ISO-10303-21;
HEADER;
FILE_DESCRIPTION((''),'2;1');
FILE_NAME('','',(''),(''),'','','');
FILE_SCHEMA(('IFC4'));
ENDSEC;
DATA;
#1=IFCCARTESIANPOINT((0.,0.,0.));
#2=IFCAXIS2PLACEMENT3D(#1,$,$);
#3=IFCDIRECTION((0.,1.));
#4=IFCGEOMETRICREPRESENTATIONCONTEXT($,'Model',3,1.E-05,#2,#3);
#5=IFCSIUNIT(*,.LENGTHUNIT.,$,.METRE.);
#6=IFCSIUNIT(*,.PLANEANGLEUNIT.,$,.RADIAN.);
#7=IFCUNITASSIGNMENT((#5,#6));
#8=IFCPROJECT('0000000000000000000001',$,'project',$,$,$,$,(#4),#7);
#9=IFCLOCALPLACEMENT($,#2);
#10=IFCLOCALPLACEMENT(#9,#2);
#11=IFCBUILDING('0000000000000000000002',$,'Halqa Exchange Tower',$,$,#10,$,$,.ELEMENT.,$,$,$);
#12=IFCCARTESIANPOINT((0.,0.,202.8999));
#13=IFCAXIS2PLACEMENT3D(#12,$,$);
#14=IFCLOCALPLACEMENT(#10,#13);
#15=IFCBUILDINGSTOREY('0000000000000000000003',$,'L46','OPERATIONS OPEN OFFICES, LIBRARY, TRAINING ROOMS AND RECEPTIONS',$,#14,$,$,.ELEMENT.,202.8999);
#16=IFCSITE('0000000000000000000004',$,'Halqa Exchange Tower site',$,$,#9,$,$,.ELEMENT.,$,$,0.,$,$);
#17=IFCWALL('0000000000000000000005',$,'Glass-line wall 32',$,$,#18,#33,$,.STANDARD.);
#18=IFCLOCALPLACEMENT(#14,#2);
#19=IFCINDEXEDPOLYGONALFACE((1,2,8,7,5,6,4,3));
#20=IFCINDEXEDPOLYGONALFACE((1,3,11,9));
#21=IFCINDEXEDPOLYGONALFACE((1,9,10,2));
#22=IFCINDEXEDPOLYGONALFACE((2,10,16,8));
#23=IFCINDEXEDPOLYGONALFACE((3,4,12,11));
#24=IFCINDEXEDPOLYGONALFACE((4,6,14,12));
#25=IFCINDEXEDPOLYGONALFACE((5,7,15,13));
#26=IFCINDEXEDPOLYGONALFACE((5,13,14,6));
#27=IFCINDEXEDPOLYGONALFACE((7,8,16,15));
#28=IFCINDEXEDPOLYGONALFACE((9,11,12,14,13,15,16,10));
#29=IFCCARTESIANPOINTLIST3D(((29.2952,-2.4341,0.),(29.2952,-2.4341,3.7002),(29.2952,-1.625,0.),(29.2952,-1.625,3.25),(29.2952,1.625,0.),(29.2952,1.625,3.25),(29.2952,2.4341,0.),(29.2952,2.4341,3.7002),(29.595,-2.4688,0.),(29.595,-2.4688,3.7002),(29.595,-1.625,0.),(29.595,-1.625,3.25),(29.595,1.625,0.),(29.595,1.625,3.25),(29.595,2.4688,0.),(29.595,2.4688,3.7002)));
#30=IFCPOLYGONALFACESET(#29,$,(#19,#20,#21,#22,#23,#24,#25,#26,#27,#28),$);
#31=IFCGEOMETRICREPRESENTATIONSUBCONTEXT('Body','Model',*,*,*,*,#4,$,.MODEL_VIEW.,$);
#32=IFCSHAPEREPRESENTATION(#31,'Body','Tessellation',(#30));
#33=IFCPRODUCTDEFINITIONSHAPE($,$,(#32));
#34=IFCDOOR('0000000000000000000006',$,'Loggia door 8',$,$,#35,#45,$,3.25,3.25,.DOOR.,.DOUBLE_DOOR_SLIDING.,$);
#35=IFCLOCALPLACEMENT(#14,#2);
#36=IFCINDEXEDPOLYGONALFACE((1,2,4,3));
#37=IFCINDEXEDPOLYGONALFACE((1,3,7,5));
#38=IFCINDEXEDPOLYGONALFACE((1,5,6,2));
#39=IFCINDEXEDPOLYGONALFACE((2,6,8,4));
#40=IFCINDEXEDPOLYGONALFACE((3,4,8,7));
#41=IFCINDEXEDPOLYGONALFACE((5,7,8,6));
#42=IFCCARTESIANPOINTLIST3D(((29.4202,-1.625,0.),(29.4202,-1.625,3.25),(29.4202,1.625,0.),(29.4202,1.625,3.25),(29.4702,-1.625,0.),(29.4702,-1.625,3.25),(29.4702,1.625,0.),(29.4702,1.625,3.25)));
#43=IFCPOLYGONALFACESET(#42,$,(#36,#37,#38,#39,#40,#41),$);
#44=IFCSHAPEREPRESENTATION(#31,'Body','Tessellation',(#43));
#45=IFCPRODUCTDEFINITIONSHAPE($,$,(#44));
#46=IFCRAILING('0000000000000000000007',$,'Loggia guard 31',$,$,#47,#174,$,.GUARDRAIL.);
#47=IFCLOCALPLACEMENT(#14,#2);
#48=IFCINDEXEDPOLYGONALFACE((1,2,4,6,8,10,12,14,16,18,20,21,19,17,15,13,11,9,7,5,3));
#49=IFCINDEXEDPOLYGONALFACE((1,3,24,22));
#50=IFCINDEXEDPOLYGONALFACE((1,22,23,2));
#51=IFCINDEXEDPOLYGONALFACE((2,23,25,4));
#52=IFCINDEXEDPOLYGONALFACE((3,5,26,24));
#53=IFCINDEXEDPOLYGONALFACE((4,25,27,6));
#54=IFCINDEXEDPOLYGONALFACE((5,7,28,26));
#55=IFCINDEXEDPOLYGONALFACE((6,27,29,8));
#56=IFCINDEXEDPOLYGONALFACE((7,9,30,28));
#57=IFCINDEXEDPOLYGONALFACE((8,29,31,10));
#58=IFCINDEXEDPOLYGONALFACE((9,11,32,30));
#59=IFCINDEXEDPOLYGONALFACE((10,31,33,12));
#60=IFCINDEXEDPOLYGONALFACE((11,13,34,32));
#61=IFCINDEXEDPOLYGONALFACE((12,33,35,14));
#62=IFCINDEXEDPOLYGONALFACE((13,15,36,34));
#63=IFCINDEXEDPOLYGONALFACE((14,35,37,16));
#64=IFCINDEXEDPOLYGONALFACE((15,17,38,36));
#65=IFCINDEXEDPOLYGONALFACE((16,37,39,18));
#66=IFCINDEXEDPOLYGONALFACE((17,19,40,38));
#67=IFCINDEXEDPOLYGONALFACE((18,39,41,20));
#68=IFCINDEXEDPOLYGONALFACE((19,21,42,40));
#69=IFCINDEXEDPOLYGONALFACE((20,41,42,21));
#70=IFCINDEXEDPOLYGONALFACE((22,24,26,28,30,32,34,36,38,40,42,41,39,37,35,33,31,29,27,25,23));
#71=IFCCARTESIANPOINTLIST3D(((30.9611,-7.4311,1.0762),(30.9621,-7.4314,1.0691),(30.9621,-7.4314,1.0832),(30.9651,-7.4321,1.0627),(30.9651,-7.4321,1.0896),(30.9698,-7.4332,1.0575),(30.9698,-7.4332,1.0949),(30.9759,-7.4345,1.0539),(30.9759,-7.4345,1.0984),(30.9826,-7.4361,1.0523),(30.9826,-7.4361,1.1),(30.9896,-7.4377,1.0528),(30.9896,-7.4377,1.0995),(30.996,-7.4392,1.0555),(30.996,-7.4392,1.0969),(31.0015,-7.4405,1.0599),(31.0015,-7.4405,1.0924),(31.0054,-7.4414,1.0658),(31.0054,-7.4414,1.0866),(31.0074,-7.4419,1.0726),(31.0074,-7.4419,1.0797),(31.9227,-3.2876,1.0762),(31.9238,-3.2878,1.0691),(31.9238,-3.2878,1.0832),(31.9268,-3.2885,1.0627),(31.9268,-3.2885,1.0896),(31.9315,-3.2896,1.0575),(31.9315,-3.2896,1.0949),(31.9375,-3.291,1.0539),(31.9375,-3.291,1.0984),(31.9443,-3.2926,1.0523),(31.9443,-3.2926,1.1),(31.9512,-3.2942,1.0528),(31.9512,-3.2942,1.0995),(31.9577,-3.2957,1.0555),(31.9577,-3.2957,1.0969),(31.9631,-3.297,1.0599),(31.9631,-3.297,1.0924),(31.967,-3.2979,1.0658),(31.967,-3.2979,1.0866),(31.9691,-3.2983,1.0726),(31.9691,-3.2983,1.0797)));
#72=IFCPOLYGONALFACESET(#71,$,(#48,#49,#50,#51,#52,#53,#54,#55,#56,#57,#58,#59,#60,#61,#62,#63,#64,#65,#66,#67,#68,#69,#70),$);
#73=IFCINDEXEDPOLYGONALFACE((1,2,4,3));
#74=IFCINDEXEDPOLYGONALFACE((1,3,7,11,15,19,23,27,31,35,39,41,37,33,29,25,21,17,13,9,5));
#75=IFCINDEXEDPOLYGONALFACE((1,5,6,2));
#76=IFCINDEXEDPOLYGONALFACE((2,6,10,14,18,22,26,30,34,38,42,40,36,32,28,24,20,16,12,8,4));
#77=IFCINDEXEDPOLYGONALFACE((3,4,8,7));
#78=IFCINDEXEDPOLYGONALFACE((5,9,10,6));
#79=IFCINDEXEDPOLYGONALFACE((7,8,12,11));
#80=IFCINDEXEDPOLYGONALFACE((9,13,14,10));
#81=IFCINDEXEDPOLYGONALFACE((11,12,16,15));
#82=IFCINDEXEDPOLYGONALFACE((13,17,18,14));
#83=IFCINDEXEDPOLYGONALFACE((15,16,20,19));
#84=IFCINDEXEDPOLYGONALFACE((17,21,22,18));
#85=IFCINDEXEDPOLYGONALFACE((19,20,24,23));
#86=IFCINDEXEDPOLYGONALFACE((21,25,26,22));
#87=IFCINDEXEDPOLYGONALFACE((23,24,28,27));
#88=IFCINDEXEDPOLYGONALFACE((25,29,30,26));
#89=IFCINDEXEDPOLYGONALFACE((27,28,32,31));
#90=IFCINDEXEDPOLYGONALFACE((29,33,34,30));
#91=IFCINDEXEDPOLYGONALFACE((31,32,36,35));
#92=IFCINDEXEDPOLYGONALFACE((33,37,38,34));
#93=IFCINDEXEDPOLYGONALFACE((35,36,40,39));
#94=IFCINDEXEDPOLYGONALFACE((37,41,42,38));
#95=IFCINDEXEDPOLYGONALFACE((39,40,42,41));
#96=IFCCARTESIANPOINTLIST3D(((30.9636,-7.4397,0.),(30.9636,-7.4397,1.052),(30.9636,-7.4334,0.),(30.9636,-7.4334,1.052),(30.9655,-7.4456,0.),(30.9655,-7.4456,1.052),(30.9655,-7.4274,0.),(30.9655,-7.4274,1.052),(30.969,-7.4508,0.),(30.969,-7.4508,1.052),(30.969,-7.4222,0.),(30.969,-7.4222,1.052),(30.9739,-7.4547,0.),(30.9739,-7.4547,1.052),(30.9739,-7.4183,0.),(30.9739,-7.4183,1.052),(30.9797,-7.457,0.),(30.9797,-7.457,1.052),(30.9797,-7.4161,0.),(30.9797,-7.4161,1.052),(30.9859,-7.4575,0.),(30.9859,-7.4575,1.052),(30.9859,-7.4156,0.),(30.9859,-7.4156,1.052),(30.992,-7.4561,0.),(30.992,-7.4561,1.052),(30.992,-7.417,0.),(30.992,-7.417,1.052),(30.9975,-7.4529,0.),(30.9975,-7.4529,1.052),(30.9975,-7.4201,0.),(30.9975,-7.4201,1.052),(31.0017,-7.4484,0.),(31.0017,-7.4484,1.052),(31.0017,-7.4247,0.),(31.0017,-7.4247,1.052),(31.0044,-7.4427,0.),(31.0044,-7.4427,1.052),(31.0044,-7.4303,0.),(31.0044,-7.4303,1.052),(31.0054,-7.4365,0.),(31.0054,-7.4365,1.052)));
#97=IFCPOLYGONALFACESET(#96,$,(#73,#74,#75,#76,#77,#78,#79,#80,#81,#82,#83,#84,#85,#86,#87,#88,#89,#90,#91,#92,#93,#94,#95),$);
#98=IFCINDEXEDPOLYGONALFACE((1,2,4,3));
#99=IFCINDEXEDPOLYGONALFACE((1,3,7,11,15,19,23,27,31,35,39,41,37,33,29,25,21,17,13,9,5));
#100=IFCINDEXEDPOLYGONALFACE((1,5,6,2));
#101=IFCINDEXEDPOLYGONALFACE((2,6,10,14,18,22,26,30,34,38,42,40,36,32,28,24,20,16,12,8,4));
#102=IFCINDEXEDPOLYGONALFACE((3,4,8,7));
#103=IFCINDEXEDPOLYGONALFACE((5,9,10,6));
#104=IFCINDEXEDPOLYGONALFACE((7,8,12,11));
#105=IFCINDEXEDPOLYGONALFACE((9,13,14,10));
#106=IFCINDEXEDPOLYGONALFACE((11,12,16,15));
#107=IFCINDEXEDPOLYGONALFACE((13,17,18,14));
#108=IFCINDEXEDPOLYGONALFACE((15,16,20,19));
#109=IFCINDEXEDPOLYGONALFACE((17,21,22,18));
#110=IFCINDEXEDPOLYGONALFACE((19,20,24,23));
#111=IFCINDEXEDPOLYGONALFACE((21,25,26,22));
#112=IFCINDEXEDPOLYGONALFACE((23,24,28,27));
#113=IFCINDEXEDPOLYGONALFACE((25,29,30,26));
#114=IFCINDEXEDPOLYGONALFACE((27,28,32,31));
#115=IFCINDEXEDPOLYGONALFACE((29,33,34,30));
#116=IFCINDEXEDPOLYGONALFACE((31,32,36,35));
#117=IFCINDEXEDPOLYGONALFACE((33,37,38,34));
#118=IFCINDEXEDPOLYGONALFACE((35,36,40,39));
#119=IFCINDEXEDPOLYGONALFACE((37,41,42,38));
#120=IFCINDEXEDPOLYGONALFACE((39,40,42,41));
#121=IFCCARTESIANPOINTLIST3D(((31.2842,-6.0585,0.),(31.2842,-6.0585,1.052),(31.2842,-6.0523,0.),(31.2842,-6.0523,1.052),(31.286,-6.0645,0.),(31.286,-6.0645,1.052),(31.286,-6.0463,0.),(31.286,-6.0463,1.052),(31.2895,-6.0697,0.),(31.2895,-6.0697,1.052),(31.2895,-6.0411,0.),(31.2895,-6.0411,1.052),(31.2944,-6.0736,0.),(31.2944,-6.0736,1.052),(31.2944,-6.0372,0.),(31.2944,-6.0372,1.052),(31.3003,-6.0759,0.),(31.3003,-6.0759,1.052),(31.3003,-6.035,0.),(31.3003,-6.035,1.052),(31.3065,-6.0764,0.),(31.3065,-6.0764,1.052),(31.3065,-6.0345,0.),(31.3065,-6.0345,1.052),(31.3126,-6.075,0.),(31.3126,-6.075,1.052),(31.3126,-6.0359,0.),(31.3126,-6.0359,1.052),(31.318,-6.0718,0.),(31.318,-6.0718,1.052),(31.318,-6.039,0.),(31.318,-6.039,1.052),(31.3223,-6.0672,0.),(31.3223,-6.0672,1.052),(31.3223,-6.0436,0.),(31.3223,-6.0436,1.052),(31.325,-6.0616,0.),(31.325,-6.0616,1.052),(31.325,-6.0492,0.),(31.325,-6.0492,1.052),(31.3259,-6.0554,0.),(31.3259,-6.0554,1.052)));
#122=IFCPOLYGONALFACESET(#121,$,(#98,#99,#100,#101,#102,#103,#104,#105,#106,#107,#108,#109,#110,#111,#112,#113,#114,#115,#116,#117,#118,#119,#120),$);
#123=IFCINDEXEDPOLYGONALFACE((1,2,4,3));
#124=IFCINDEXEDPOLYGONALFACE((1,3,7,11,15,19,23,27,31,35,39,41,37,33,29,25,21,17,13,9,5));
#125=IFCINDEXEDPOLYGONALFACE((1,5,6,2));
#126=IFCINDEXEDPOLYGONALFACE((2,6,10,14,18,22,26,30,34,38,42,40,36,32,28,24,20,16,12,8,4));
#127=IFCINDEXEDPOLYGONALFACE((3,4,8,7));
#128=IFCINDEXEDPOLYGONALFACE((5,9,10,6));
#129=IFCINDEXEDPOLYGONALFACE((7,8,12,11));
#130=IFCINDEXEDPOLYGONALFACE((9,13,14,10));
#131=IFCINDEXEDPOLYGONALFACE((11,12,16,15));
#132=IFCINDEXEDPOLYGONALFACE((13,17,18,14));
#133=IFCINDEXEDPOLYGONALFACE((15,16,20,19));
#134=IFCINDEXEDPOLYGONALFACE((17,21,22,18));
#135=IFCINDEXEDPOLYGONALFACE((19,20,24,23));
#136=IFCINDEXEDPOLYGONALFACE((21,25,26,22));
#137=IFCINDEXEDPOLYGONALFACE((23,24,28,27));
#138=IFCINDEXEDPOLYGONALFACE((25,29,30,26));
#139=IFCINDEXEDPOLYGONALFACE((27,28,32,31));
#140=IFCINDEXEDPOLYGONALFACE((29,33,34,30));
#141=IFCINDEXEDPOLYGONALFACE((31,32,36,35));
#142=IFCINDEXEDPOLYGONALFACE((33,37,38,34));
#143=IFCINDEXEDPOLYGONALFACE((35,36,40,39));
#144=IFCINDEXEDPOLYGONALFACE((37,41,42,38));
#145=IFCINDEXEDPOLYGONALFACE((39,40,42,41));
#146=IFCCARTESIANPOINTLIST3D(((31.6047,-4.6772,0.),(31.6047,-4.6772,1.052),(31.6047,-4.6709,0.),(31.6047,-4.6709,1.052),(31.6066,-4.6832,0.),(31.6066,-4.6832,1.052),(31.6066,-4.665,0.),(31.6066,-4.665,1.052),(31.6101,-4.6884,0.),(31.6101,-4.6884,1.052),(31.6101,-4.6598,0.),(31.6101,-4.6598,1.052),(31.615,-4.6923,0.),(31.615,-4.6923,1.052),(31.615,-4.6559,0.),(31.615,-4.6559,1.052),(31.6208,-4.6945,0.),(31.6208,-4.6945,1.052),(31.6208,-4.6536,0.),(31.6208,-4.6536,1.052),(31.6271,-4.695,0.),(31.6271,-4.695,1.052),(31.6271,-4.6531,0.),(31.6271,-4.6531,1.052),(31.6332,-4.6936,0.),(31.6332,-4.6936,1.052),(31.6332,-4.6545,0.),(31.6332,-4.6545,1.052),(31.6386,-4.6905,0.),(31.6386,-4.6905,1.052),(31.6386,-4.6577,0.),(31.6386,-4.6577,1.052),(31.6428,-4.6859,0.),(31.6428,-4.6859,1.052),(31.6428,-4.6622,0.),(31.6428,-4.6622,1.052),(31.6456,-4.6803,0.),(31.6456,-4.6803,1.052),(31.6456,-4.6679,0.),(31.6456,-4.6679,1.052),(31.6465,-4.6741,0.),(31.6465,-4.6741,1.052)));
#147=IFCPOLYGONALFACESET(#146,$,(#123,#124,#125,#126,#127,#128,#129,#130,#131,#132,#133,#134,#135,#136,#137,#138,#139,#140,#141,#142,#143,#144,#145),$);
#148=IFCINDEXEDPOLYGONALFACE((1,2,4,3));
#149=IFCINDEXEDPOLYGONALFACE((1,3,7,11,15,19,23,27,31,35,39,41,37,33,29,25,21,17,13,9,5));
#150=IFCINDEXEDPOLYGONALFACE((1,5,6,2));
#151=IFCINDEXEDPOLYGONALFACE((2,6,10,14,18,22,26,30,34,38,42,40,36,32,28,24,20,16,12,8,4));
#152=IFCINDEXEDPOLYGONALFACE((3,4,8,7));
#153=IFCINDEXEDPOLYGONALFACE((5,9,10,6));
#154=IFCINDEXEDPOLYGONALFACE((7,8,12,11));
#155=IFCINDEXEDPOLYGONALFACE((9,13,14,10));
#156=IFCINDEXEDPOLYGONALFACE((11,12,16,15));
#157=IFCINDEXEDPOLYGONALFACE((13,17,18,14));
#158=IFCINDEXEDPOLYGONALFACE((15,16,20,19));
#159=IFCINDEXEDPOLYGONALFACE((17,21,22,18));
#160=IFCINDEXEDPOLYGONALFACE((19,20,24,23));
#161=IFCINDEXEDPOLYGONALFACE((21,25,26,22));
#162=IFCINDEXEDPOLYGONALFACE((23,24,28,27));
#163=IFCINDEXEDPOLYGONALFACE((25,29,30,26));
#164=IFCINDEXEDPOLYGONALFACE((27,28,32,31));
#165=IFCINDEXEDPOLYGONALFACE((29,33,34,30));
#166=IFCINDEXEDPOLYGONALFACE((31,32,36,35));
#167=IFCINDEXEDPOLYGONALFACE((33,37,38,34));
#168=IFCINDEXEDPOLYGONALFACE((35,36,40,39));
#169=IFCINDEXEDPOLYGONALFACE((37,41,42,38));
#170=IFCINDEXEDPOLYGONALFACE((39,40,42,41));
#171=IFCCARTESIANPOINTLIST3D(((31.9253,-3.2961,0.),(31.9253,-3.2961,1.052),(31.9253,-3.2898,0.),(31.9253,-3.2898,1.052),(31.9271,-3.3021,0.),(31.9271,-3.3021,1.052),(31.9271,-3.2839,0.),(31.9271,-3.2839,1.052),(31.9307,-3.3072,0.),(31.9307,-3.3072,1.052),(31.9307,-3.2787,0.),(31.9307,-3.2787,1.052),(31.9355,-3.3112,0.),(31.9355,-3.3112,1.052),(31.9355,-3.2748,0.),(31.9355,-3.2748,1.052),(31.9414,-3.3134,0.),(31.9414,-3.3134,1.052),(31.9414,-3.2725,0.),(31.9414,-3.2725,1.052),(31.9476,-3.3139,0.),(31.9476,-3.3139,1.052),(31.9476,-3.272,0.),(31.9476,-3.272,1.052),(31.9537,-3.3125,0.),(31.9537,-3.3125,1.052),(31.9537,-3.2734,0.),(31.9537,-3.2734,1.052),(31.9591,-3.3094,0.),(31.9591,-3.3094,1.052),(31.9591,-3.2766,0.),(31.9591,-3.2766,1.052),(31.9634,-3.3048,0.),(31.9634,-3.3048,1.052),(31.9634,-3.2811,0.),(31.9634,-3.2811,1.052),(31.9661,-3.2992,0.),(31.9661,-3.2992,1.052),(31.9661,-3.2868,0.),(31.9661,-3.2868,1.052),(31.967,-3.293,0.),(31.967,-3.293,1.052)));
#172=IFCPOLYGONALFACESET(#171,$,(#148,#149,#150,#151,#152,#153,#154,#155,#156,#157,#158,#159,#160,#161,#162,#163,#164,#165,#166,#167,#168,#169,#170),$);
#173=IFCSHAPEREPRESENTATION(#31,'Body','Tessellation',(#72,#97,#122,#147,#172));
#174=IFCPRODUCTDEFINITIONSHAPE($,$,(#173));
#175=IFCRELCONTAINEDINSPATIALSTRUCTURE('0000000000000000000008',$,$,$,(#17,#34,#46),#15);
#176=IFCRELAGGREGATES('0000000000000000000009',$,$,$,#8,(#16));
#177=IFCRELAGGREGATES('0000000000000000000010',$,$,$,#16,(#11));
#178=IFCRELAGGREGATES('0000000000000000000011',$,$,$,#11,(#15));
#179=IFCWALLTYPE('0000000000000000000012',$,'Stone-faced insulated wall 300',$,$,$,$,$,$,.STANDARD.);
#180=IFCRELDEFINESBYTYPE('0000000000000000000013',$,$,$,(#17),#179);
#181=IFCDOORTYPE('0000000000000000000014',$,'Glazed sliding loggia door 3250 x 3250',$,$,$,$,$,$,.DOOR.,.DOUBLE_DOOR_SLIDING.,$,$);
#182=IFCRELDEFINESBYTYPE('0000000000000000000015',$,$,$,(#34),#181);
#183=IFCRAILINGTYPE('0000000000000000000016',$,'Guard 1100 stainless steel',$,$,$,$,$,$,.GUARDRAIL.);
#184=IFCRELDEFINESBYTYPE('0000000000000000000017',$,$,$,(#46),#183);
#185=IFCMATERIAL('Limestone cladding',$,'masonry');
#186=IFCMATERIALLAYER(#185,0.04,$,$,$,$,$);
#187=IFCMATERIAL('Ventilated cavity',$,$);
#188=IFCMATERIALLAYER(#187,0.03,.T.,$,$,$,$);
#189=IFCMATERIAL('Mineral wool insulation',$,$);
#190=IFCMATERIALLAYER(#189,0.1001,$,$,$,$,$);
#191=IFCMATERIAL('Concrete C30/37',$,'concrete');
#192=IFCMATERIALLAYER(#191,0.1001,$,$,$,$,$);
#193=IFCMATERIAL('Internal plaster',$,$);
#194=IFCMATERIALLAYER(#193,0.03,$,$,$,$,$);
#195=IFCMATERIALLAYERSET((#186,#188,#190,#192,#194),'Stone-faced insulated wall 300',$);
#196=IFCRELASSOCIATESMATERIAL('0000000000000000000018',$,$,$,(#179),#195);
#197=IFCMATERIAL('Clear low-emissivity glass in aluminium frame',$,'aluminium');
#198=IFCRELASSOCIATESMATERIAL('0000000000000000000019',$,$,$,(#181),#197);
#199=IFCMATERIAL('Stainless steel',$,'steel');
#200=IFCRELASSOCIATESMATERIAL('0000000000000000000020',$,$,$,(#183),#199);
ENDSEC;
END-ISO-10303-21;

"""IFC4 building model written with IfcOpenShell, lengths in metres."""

from ifc_helpers import new_model, si_unit, direction, frame, frame_2d, origin, origin_2d, place, context, subcontext, project, spatial, polyline, rectangle, circle, outline, extrude, material, layer, layer_set, type_object, element, fill, save


model = new_model("IFC4")

# Units and contexts
model_context = context("Model", 3, precision=1e-05, world=origin(), true_north=direction((0.0, 1.0)))
body_context = subcontext(model_context, "Body", "Model", "MODEL_VIEW")
ifc_project = project(units=[si_unit("LENGTHUNIT", "METRE"), si_unit("PLANEANGLEUNIT", "RADIAN")], contexts=[model_context])

# Site, building, storey
site_placement = place(None, origin())
site = spatial("IfcSite", under=ifc_project, at=site_placement, Name="Halqa Exchange Tower site", CompositionType="ELEMENT", RefElevation=0.0)
building_placement = place(site_placement, origin())
building = spatial("IfcBuilding", under=site, at=building_placement, Name="Halqa Exchange Tower", CompositionType="ELEMENT")
storey_placement = place(building_placement, frame((0.0, 0.0, 202.8999)))
storey = spatial("IfcBuildingStorey", under=building, at=storey_placement, Name="L46", Description="OPERATIONS OPEN OFFICES, LIBRARY, TRAINING ROOMS AND RECEPTIONS", CompositionType="ELEMENT", Elevation=202.8999)

# Shared definitions
ifc_material_1 = material(Name="Limestone cladding", Category="masonry")
ifc_layer_1 = layer(ifc_material_1, 0.04)
ifc_material_2 = material(Name="Ventilated cavity")
ifc_layer_2 = layer(ifc_material_2, 0.03, ventilated=True)
ifc_material_3 = material(Name="Mineral wool insulation")
ifc_layer_3 = layer(ifc_material_3, 0.1001)
ifc_material_4 = material(Name="Concrete C30/37", Category="concrete")
ifc_layer_4 = layer(ifc_material_4, 0.1001)
ifc_material_5 = material(Name="Internal plaster")
ifc_layer_5 = layer(ifc_material_5, 0.03)
ifc_layer_set_1 = layer_set([ifc_layer_1, ifc_layer_2, ifc_layer_3, ifc_layer_4, ifc_layer_5], Name="Stone-faced insulated wall 300")
wall_type_1 = type_object("IfcWallType", Name="Stone-faced insulated wall 300", PredefinedType="STANDARD", material=ifc_layer_set_1)
ifc_material_6 = material(Name="Clear low-emissivity glass in aluminium frame", Category="aluminium")

# Wall, opening, door
wall_1_placement = place(storey_placement, frame((29.4451, -2.4514, 0.0), z_axis=(0.0, 0.0, 1.0), x_axis=(0.0, 1.0, 0.0)))
wall_1 = element("IfcWall", 1, at=wall_1_placement, inside=storey, type_object=wall_type_1, Name="Glass-line wall 32", PredefinedType="STANDARD", context=body_context, shape_type="SweptSolid", body=[
    extrude(outline(polyline([(-0.0173, -0.1499), (4.9202, -0.1499), (4.8855, 0.1499), (0.0173, 0.1499), (-0.0173, -0.1499)])), origin(), (0.0, 0.0, 1.0), 3.7002),
])
opening_1_placement = place(wall_1_placement, frame((0.8264, 0.0, 0.0)))
opening_1 = element("IfcOpeningElement", 2, at=opening_1_placement, cuts=wall_1, PredefinedType="OPENING", context=body_context, shape_type="SweptSolid", body=[
    extrude(rectangle(XDim=3.25, YDim=3.25, at=frame_2d((1.625, 1.625))), frame((0.0, 0.1621, 0.0), z_axis=(0.0, -1.0, 0.0), x_axis=(1.0, 0.0, 0.0)), (0.0, 0.0, 1.0), 0.324),
])
door_type_1 = type_object("IfcDoorType", Name="Glazed sliding loggia door 3250 x 3250", OperationType="DOUBLE_DOOR_SLIDING", PredefinedType="DOOR", material=ifc_material_6)
door_1_placement = place(opening_1_placement, origin())
door_1 = element("IfcDoor", 3, at=door_1_placement, inside=storey, type_object=door_type_1, Name="Loggia door 8", OperationType="DOUBLE_DOOR_SLIDING", OverallHeight=3.25, OverallWidth=3.25, PredefinedType="DOOR", context=body_context, shape_type="SweptSolid", body=[
    extrude(rectangle(XDim=3.25, YDim=3.25, at=frame_2d((1.625, 1.625))), frame((0.0, 0.0249, 0.0), z_axis=(0.0, -1.0, 0.0), x_axis=(1.0, 0.0, 0.0)), (0.0, 0.0, 1.0), 0.05),
])
fill(opening_1, door_1)

# Railing
ifc_material_7 = material(Name="Stainless steel", Category="steel")
railing_type = type_object("IfcRailingType", Name="Guard 1100 stainless steel", PredefinedType="GUARDRAIL", material=ifc_material_7)
railing_1_placement = place(storey_placement, frame((30.9844, -7.4365, 0.0)))
element("IfcRailing", 4, at=railing_1_placement, inside=storey, type_object=railing_type, Name="Loggia guard 31", PredefinedType="GUARDRAIL", context=body_context, shape_type="SweptSolid", body=[
    extrude(circle(Radius=0.0239, at=origin_2d()), frame((0.0, 0.0, 1.0762), z_axis=(0.226079, 0.974109, 0.0), x_axis=(-0.974109, 0.226079, 0.0)), (0.0, 0.0, 1.0), 4.2537),
    extrude(circle(Radius=0.021, at=origin_2d()), origin(), (0.0, 0.0, 1.0), 1.052),
    extrude(circle(Radius=0.021, at=origin_2d()), frame((0.3206, 1.3811, 0.0)), (0.0, 0.0, 1.0), 1.052),
    extrude(circle(Radius=0.021, at=origin_2d()), frame((0.6411, 2.7625, 0.0)), (0.0, 0.0, 1.0), 1.052),
    extrude(circle(Radius=0.021, at=origin_2d()), frame((0.9617, 4.1436, 0.0)), (0.0, 0.0, 1.0), 1.052),
])

save(model, "model.ifc")
